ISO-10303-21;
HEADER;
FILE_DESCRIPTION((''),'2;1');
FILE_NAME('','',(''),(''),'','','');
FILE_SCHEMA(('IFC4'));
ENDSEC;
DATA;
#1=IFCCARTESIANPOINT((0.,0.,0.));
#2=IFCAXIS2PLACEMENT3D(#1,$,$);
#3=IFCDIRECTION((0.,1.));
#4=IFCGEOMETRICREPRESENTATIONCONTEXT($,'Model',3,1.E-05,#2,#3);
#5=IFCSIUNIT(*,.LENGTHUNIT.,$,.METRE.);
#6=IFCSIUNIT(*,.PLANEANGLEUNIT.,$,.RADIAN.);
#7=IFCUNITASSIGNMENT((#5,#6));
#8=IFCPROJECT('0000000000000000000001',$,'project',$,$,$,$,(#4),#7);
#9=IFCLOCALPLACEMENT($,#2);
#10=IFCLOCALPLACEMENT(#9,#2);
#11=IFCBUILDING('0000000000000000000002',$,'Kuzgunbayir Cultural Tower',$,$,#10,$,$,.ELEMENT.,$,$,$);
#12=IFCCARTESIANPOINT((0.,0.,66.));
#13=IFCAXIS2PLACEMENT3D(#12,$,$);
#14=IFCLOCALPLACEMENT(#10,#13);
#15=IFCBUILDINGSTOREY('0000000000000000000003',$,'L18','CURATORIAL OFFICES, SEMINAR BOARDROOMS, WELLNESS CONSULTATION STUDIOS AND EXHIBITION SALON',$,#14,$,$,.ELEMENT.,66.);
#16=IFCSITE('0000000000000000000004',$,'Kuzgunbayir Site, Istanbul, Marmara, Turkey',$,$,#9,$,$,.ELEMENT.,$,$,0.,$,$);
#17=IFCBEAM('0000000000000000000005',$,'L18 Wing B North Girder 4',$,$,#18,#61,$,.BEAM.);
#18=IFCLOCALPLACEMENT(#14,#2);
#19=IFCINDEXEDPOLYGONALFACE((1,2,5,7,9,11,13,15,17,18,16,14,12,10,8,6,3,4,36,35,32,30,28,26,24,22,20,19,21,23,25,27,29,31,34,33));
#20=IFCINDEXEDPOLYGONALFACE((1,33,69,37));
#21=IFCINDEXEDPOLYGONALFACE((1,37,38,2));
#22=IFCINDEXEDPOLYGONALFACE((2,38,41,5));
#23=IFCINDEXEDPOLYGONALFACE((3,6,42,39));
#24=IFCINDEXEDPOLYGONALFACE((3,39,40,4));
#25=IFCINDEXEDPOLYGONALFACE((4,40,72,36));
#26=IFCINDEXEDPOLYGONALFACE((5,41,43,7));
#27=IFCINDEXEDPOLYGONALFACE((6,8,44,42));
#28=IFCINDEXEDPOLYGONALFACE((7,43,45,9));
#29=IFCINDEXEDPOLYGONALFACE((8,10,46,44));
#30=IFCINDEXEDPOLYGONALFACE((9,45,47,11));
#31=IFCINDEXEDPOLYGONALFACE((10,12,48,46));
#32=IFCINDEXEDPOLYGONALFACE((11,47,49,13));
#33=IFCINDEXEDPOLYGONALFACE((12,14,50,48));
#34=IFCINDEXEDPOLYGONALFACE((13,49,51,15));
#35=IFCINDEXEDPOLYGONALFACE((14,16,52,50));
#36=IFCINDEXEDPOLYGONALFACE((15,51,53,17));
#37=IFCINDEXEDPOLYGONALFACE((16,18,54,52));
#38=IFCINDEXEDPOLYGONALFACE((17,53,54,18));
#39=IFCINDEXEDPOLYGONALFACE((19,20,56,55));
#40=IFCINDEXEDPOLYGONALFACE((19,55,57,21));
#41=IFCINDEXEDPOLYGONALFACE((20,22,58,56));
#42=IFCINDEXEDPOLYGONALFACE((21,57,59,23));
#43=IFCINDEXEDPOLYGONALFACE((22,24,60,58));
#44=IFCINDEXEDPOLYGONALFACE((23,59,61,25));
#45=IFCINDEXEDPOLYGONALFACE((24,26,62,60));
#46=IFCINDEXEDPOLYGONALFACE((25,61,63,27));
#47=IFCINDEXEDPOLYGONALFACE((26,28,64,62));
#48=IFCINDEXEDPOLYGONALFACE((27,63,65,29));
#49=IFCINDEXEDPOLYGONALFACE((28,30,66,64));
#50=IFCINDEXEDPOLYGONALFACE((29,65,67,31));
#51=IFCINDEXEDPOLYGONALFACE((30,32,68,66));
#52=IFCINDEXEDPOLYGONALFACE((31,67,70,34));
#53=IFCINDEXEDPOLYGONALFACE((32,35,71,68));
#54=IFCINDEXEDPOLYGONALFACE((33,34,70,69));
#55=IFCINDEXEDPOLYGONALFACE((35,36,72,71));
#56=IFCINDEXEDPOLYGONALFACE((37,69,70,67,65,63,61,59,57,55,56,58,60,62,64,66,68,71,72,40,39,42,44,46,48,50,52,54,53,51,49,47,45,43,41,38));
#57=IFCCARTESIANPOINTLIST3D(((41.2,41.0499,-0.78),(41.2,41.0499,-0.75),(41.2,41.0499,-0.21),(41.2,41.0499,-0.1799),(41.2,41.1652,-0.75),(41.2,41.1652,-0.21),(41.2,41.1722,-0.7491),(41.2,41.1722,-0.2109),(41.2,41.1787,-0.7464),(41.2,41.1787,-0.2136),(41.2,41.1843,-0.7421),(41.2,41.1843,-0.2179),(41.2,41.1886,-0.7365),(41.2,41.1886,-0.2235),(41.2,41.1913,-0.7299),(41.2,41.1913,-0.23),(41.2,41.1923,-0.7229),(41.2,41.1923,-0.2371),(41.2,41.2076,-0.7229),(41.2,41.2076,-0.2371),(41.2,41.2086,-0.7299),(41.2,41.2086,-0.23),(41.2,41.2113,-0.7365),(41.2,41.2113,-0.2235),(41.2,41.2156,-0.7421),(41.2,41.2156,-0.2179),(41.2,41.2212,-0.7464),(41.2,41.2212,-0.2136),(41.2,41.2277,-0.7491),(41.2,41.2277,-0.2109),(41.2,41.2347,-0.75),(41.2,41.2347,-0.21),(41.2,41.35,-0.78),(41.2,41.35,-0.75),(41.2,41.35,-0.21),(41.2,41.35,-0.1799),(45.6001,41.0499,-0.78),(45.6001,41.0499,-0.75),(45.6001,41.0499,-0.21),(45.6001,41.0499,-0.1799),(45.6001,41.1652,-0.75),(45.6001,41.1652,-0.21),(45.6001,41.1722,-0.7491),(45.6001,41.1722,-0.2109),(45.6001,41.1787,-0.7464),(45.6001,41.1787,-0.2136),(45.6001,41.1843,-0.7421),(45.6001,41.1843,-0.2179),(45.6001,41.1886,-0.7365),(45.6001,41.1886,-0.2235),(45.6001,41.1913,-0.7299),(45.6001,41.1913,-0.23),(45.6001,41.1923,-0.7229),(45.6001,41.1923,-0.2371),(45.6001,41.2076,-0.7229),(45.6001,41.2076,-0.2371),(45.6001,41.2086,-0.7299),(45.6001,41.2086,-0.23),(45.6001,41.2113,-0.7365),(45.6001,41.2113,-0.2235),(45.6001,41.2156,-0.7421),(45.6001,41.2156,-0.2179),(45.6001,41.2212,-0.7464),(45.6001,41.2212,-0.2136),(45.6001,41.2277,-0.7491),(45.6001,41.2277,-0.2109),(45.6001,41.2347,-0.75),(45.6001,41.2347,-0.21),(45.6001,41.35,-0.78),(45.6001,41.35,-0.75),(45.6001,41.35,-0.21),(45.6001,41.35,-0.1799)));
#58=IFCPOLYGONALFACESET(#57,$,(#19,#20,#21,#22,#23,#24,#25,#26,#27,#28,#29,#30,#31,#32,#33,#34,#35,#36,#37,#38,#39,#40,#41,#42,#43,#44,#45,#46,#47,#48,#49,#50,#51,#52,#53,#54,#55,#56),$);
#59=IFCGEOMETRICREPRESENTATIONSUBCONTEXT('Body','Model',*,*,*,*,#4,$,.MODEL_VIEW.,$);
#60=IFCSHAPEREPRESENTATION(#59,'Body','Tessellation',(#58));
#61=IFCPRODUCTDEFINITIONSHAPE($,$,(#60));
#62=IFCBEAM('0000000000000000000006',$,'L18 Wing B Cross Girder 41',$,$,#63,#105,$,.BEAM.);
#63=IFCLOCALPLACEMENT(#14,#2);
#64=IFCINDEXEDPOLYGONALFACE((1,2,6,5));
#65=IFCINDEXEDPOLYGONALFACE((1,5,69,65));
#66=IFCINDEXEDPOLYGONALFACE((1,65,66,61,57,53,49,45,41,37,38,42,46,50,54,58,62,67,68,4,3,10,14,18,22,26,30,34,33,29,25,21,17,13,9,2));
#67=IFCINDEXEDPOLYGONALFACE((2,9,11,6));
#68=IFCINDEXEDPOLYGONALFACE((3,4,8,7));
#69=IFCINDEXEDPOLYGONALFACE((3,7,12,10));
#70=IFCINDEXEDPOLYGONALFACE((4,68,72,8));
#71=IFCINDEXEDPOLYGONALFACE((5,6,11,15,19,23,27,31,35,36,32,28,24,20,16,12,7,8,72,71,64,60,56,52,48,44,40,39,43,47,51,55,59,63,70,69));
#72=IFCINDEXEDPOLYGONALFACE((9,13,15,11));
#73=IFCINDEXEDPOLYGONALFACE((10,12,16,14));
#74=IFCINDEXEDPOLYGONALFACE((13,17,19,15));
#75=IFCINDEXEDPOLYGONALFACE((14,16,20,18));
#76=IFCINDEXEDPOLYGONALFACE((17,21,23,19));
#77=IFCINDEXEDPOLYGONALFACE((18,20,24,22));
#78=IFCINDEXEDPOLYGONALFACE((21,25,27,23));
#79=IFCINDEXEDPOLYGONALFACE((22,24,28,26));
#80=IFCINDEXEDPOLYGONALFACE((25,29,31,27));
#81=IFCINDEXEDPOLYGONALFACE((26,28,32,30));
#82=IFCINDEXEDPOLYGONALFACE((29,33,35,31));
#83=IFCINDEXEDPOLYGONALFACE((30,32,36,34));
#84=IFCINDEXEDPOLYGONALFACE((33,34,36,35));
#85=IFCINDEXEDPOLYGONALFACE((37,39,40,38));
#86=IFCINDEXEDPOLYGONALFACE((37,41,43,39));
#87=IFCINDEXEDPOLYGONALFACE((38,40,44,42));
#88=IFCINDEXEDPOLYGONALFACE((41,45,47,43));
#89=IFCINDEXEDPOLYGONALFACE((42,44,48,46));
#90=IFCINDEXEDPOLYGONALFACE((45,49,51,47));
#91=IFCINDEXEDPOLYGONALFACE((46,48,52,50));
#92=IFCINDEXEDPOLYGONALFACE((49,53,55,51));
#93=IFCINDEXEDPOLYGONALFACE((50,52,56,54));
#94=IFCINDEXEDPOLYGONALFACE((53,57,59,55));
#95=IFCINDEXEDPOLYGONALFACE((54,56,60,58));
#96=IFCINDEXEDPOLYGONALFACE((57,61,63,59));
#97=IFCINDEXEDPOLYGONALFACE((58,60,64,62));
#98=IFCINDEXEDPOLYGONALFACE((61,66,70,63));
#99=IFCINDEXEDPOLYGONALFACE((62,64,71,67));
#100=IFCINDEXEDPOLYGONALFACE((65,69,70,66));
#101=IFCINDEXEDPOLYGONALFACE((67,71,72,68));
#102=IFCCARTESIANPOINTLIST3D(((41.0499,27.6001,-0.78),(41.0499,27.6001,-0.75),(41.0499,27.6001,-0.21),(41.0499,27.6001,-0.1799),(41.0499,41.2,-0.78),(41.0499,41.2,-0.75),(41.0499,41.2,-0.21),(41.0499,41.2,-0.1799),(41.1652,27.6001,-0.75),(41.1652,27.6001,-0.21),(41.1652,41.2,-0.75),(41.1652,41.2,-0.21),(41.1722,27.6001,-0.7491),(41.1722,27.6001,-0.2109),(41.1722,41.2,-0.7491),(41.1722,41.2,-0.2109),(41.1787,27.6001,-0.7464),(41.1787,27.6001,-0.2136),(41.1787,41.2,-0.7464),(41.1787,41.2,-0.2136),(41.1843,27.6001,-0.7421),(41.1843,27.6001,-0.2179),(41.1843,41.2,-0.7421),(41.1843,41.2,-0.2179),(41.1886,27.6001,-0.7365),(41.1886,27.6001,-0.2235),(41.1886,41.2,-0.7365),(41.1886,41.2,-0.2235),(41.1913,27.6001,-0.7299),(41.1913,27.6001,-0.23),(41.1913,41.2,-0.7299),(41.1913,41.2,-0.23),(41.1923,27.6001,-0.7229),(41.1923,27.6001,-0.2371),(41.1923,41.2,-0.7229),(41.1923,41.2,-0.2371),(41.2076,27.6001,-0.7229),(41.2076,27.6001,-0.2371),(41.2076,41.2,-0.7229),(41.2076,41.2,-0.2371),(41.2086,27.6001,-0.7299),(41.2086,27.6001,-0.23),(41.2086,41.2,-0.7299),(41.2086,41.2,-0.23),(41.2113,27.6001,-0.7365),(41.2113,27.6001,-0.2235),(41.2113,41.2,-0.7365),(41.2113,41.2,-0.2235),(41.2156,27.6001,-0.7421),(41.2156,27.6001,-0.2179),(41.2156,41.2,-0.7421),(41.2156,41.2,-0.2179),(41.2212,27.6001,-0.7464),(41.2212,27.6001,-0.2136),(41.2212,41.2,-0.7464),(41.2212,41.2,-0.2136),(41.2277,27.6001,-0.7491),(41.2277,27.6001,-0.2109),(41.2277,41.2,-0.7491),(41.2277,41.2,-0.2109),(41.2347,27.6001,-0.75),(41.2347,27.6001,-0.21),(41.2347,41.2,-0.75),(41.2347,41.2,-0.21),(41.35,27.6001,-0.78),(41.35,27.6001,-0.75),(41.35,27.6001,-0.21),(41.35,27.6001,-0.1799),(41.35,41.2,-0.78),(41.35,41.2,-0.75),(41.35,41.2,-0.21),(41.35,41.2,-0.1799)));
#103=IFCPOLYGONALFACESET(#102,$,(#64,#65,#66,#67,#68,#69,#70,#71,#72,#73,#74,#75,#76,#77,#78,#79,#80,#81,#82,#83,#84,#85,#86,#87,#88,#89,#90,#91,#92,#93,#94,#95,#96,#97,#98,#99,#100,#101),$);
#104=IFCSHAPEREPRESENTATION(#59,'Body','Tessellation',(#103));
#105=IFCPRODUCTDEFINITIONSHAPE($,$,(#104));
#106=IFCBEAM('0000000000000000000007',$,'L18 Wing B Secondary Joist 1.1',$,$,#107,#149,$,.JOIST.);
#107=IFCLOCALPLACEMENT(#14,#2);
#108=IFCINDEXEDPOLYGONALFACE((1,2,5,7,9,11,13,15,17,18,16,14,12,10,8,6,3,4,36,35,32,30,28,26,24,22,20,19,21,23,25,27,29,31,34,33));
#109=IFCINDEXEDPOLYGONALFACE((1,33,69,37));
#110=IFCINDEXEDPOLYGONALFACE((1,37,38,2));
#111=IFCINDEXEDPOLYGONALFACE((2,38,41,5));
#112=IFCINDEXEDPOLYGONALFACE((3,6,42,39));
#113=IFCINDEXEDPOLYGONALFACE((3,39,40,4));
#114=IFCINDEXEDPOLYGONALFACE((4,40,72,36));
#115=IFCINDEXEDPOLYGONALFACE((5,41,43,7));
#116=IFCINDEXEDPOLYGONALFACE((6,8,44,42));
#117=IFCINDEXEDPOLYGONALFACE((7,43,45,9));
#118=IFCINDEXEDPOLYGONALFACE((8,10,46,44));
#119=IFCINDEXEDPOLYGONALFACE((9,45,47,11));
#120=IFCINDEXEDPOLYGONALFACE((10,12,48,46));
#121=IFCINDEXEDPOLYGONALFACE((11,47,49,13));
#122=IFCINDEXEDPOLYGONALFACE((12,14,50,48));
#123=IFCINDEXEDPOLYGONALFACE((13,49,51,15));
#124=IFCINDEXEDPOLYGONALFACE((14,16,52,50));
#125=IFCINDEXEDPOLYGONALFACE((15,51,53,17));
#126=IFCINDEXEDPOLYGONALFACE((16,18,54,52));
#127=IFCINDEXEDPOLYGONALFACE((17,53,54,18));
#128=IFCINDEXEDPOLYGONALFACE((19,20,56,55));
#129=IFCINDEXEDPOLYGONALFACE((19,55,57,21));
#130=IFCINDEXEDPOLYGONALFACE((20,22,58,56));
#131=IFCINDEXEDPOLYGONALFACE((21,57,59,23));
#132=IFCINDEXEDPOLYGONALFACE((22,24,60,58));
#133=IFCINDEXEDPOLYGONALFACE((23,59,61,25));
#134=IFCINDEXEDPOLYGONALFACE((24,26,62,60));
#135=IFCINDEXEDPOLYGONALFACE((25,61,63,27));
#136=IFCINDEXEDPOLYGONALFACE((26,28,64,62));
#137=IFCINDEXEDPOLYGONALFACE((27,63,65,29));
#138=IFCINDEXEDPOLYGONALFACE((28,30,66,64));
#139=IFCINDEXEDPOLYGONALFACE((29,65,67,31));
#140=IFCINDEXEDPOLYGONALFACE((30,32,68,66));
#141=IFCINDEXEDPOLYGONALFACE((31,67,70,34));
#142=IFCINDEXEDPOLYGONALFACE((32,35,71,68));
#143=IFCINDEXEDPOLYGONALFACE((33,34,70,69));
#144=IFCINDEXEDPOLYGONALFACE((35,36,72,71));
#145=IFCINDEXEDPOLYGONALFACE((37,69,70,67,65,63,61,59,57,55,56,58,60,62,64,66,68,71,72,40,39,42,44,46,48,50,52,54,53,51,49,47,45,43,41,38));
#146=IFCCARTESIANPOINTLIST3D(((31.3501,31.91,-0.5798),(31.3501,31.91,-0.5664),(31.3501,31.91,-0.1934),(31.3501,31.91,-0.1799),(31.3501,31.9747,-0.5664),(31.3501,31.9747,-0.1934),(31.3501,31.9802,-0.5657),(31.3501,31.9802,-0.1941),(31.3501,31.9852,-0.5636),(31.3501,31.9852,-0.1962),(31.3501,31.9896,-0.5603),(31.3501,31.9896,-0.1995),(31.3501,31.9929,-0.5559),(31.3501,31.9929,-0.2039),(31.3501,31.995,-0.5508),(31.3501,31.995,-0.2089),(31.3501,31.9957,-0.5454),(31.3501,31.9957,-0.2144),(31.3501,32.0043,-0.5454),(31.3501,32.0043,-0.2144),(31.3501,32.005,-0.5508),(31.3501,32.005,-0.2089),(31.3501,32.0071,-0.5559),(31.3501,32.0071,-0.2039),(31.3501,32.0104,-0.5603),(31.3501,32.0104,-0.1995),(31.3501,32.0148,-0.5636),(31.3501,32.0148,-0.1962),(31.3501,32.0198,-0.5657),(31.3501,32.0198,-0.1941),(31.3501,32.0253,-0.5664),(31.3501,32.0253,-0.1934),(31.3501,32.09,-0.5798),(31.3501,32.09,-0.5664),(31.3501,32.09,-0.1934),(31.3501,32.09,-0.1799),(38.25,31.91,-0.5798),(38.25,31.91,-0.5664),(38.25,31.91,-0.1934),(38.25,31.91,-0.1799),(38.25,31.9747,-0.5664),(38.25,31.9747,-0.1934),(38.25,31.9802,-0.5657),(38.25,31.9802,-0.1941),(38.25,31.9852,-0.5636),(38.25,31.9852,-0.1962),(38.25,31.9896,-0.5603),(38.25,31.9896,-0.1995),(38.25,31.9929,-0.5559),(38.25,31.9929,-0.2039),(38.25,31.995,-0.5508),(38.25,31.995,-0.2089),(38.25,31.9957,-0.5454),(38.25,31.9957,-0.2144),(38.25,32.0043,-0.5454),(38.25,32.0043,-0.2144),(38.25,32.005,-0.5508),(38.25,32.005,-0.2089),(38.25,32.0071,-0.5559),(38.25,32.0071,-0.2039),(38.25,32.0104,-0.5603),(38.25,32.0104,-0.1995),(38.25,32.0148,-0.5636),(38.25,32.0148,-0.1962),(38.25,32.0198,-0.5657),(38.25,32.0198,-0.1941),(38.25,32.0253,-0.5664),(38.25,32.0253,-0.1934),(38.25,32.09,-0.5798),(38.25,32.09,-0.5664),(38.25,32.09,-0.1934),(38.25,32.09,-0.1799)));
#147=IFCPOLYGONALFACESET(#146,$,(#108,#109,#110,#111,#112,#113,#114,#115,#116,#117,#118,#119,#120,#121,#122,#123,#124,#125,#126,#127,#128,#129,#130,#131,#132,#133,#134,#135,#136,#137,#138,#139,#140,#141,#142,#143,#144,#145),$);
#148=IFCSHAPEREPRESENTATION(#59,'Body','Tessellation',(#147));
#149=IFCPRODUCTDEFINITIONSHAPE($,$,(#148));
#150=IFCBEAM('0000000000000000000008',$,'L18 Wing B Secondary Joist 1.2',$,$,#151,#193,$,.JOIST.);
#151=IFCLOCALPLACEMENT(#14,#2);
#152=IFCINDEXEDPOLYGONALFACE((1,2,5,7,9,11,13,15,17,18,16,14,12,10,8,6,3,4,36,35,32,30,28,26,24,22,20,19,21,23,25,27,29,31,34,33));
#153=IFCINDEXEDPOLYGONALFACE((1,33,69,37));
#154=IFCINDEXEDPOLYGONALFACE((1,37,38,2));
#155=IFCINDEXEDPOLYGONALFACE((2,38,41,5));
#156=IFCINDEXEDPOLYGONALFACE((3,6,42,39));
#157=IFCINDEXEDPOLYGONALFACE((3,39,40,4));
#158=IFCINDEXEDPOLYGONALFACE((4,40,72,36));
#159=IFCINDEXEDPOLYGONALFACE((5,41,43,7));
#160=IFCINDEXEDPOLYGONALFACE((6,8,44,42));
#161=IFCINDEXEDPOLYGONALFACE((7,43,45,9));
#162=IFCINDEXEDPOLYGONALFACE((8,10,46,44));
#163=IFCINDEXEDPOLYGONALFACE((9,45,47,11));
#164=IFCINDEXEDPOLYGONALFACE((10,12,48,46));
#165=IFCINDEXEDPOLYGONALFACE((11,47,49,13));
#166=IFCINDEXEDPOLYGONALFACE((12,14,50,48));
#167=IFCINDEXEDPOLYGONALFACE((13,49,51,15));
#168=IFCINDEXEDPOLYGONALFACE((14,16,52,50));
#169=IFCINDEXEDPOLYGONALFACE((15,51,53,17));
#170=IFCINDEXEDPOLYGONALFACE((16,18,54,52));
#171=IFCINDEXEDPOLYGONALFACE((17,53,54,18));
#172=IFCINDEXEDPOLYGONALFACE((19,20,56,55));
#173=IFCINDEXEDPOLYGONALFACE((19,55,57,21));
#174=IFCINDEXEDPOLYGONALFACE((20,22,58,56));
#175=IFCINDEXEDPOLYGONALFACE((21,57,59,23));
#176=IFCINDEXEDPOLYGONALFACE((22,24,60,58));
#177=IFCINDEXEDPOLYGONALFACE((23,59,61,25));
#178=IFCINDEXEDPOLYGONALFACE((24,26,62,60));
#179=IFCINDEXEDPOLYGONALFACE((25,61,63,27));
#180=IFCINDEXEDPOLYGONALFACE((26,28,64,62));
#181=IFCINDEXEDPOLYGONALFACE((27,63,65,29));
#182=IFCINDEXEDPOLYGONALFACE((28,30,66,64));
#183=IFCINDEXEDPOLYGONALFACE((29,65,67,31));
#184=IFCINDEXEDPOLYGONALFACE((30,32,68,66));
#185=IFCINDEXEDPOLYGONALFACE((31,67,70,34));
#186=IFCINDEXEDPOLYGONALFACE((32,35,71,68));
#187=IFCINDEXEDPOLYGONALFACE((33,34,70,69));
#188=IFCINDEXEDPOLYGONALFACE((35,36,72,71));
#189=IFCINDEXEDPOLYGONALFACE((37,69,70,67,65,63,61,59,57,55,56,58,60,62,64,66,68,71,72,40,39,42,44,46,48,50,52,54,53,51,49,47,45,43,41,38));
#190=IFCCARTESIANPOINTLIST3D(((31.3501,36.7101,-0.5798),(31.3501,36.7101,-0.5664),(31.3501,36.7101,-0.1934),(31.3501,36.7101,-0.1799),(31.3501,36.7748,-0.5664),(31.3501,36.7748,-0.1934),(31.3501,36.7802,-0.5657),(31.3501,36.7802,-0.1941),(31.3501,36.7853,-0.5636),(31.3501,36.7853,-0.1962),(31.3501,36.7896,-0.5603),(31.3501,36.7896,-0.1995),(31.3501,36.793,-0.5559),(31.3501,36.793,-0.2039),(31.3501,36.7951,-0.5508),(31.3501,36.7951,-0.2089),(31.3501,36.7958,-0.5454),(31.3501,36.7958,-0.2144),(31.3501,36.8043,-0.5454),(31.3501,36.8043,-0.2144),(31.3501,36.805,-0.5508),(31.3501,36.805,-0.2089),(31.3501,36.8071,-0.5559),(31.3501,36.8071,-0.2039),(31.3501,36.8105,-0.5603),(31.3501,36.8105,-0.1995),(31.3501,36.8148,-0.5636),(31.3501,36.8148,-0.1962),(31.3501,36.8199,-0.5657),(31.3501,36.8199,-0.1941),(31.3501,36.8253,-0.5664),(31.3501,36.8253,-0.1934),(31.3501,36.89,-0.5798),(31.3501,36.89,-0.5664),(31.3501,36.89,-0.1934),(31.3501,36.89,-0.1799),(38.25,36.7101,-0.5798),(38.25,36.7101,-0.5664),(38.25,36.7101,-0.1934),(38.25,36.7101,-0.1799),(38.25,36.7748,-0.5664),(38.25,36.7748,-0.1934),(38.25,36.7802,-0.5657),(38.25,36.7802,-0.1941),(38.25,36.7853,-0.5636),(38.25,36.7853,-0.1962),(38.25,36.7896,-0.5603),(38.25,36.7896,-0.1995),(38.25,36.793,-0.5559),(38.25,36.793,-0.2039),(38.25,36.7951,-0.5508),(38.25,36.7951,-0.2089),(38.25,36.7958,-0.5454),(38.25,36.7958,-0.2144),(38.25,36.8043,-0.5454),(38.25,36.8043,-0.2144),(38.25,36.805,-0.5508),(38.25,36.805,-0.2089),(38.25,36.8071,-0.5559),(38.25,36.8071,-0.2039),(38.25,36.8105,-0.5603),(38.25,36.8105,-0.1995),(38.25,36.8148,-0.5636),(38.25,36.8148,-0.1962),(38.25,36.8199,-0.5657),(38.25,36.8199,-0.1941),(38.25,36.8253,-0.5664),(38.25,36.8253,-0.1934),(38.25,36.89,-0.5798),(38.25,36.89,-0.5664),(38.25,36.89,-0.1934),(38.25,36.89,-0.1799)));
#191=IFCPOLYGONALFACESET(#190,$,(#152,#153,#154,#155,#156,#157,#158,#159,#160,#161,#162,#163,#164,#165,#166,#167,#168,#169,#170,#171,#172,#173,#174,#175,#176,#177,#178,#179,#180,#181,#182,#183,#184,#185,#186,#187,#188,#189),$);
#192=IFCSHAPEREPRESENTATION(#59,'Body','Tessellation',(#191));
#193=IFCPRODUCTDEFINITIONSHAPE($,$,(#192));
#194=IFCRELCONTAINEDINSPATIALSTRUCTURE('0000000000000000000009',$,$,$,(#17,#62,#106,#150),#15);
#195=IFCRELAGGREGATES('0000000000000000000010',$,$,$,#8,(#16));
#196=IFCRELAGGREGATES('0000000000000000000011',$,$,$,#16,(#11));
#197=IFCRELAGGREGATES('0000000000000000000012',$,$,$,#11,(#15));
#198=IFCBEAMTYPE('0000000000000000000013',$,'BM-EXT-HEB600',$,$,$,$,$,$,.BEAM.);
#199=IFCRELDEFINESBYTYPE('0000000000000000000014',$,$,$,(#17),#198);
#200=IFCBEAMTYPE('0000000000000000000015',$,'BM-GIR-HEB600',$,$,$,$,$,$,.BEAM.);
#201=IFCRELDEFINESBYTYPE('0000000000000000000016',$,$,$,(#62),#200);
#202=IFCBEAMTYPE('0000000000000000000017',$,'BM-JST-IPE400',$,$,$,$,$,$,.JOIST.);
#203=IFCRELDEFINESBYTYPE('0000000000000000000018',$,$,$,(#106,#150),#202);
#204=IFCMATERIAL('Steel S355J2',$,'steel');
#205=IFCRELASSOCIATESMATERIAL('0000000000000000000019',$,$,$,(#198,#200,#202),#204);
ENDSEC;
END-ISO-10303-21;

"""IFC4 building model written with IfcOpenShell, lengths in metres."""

from ifc_helpers import new_model, si_unit, direction, frame, origin, origin_2d, place, context, subcontext, project, spatial, i_section, extrude, material, material_profile, profile_set, type_object, element, save


model = new_model("IFC4")

# Units and contexts
model_context = context("Model", 3, precision=1e-05, world=origin(), true_north=direction((0.0, 1.0)))
body_context = subcontext(model_context, "Body", "Model", "MODEL_VIEW")
ifc_project = project(units=[si_unit("LENGTHUNIT", "METRE"), si_unit("PLANEANGLEUNIT", "RADIAN")], contexts=[model_context])

# Site, building, storey
site_placement = place(None, origin())
site = spatial("IfcSite", under=ifc_project, at=site_placement, Name="Kuzgunbayir Site, Istanbul, Marmara, Turkey", CompositionType="ELEMENT", RefElevation=0.0)
building_placement = place(site_placement, origin())
building = spatial("IfcBuilding", under=site, at=building_placement, Name="Kuzgunbayir Cultural Tower", CompositionType="ELEMENT")
storey_placement = place(building_placement, frame((0.0, 0.0, 66.0)))
storey = spatial("IfcBuildingStorey", under=building, at=storey_placement, Name="L18", Description="CURATORIAL OFFICES, SEMINAR BOARDROOMS, WELLNESS CONSULTATION STUDIOS AND EXHIBITION SALON", CompositionType="ELEMENT", Elevation=66.0)

# Beams
ifc_material_1 = material(Name="Steel S355J2", Category="steel")
ifc_material_profile_1 = material_profile(ifc_material_1, i_section(OverallWidth=0.3, OverallDepth=0.6001, WebThickness=0.0154, FlangeThickness=0.03, FilletRadius=0.0271, at=origin_2d()), Name="HEB 600")
ifc_profile_set_1 = profile_set([ifc_material_profile_1], Name="Steel S355J2")
beam_type_1 = type_object("IfcBeamType", Name="BM-EXT-HEB600", PredefinedType="BEAM", material=ifc_profile_set_1)
for number, where, z_axis, x_axis, name in (
    (1, (41.2, 41.2, -0.48), (1.0, 0.0, 0.0), (0.0, 1.0, 0.0), "L18 Wing B North Girder 4"),
):
    element("IfcBeam", number, at=place(storey_placement, frame(where, z_axis=z_axis, x_axis=x_axis)), inside=storey, type_object=beam_type_1, Name=name, PredefinedType="BEAM", context=body_context, shape_type="SweptSolid", body=[
        extrude(i_section(OverallWidth=0.3, OverallDepth=0.6001, WebThickness=0.0154, FlangeThickness=0.03, FilletRadius=0.0271, at=origin_2d()), origin(), (0.0, 0.0, 1.0), 4.4001),
    ])
ifc_material_profile_2 = material_profile(ifc_material_1, i_section(OverallWidth=0.3, OverallDepth=0.6001, WebThickness=0.0154, FlangeThickness=0.03, FilletRadius=0.0271, at=origin_2d()), Name="HEB 600")
ifc_profile_set_2 = profile_set([ifc_material_profile_2], Name="Steel S355J2")
beam_type_2 = type_object("IfcBeamType", Name="BM-GIR-HEB600", PredefinedType="BEAM", material=ifc_profile_set_2)
beam_1_placement = place(storey_placement, frame((41.2, 27.6001, -0.48), z_axis=(0.0, 1.0, 0.0), x_axis=(-1.0, 0.0, 0.0)))
element("IfcBeam", 2, at=beam_1_placement, inside=storey, type_object=beam_type_2, Name="L18 Wing B Cross Girder 41", PredefinedType="BEAM", context=body_context, shape_type="SweptSolid", body=[
    extrude(i_section(OverallWidth=0.3, OverallDepth=0.6001, WebThickness=0.0154, FlangeThickness=0.03, FilletRadius=0.0271, at=origin_2d()), origin(), (0.0, 0.0, 1.0), 13.5999),
])
ifc_material_profile_3 = material_profile(ifc_material_1, i_section(OverallWidth=0.1799, OverallDepth=0.3999, WebThickness=0.0085, FlangeThickness=0.0134, FilletRadius=0.021, at=origin_2d()), Name="IPE 400")
ifc_profile_set_3 = profile_set([ifc_material_profile_3], Name="Steel S355J2")
beam_type_3 = type_object("IfcBeamType", Name="BM-JST-IPE400", PredefinedType="JOIST", material=ifc_profile_set_3)
for number, where, z_axis, x_axis, name in (
    (3, (31.3501, 32.0, -0.3799), (1.0, 0.0, 0.0), (0.0, 1.0, 0.0), "L18 Wing B Secondary Joist 1.1"),
    (4, (31.3501, 36.8, -0.3799), (1.0, 0.0, 0.0), (0.0, 1.0, 0.0), "L18 Wing B Secondary Joist 1.2"),
):
    element("IfcBeam", number, at=place(storey_placement, frame(where, z_axis=z_axis, x_axis=x_axis)), inside=storey, type_object=beam_type_3, Name=name, PredefinedType="JOIST", context=body_context, shape_type="SweptSolid", body=[
        extrude(i_section(OverallWidth=0.1799, OverallDepth=0.3999, WebThickness=0.0085, FlangeThickness=0.0134, FilletRadius=0.021, at=origin_2d()), origin(), (0.0, 0.0, 1.0), 6.8999),
    ])

save(model, "model.ifc")
